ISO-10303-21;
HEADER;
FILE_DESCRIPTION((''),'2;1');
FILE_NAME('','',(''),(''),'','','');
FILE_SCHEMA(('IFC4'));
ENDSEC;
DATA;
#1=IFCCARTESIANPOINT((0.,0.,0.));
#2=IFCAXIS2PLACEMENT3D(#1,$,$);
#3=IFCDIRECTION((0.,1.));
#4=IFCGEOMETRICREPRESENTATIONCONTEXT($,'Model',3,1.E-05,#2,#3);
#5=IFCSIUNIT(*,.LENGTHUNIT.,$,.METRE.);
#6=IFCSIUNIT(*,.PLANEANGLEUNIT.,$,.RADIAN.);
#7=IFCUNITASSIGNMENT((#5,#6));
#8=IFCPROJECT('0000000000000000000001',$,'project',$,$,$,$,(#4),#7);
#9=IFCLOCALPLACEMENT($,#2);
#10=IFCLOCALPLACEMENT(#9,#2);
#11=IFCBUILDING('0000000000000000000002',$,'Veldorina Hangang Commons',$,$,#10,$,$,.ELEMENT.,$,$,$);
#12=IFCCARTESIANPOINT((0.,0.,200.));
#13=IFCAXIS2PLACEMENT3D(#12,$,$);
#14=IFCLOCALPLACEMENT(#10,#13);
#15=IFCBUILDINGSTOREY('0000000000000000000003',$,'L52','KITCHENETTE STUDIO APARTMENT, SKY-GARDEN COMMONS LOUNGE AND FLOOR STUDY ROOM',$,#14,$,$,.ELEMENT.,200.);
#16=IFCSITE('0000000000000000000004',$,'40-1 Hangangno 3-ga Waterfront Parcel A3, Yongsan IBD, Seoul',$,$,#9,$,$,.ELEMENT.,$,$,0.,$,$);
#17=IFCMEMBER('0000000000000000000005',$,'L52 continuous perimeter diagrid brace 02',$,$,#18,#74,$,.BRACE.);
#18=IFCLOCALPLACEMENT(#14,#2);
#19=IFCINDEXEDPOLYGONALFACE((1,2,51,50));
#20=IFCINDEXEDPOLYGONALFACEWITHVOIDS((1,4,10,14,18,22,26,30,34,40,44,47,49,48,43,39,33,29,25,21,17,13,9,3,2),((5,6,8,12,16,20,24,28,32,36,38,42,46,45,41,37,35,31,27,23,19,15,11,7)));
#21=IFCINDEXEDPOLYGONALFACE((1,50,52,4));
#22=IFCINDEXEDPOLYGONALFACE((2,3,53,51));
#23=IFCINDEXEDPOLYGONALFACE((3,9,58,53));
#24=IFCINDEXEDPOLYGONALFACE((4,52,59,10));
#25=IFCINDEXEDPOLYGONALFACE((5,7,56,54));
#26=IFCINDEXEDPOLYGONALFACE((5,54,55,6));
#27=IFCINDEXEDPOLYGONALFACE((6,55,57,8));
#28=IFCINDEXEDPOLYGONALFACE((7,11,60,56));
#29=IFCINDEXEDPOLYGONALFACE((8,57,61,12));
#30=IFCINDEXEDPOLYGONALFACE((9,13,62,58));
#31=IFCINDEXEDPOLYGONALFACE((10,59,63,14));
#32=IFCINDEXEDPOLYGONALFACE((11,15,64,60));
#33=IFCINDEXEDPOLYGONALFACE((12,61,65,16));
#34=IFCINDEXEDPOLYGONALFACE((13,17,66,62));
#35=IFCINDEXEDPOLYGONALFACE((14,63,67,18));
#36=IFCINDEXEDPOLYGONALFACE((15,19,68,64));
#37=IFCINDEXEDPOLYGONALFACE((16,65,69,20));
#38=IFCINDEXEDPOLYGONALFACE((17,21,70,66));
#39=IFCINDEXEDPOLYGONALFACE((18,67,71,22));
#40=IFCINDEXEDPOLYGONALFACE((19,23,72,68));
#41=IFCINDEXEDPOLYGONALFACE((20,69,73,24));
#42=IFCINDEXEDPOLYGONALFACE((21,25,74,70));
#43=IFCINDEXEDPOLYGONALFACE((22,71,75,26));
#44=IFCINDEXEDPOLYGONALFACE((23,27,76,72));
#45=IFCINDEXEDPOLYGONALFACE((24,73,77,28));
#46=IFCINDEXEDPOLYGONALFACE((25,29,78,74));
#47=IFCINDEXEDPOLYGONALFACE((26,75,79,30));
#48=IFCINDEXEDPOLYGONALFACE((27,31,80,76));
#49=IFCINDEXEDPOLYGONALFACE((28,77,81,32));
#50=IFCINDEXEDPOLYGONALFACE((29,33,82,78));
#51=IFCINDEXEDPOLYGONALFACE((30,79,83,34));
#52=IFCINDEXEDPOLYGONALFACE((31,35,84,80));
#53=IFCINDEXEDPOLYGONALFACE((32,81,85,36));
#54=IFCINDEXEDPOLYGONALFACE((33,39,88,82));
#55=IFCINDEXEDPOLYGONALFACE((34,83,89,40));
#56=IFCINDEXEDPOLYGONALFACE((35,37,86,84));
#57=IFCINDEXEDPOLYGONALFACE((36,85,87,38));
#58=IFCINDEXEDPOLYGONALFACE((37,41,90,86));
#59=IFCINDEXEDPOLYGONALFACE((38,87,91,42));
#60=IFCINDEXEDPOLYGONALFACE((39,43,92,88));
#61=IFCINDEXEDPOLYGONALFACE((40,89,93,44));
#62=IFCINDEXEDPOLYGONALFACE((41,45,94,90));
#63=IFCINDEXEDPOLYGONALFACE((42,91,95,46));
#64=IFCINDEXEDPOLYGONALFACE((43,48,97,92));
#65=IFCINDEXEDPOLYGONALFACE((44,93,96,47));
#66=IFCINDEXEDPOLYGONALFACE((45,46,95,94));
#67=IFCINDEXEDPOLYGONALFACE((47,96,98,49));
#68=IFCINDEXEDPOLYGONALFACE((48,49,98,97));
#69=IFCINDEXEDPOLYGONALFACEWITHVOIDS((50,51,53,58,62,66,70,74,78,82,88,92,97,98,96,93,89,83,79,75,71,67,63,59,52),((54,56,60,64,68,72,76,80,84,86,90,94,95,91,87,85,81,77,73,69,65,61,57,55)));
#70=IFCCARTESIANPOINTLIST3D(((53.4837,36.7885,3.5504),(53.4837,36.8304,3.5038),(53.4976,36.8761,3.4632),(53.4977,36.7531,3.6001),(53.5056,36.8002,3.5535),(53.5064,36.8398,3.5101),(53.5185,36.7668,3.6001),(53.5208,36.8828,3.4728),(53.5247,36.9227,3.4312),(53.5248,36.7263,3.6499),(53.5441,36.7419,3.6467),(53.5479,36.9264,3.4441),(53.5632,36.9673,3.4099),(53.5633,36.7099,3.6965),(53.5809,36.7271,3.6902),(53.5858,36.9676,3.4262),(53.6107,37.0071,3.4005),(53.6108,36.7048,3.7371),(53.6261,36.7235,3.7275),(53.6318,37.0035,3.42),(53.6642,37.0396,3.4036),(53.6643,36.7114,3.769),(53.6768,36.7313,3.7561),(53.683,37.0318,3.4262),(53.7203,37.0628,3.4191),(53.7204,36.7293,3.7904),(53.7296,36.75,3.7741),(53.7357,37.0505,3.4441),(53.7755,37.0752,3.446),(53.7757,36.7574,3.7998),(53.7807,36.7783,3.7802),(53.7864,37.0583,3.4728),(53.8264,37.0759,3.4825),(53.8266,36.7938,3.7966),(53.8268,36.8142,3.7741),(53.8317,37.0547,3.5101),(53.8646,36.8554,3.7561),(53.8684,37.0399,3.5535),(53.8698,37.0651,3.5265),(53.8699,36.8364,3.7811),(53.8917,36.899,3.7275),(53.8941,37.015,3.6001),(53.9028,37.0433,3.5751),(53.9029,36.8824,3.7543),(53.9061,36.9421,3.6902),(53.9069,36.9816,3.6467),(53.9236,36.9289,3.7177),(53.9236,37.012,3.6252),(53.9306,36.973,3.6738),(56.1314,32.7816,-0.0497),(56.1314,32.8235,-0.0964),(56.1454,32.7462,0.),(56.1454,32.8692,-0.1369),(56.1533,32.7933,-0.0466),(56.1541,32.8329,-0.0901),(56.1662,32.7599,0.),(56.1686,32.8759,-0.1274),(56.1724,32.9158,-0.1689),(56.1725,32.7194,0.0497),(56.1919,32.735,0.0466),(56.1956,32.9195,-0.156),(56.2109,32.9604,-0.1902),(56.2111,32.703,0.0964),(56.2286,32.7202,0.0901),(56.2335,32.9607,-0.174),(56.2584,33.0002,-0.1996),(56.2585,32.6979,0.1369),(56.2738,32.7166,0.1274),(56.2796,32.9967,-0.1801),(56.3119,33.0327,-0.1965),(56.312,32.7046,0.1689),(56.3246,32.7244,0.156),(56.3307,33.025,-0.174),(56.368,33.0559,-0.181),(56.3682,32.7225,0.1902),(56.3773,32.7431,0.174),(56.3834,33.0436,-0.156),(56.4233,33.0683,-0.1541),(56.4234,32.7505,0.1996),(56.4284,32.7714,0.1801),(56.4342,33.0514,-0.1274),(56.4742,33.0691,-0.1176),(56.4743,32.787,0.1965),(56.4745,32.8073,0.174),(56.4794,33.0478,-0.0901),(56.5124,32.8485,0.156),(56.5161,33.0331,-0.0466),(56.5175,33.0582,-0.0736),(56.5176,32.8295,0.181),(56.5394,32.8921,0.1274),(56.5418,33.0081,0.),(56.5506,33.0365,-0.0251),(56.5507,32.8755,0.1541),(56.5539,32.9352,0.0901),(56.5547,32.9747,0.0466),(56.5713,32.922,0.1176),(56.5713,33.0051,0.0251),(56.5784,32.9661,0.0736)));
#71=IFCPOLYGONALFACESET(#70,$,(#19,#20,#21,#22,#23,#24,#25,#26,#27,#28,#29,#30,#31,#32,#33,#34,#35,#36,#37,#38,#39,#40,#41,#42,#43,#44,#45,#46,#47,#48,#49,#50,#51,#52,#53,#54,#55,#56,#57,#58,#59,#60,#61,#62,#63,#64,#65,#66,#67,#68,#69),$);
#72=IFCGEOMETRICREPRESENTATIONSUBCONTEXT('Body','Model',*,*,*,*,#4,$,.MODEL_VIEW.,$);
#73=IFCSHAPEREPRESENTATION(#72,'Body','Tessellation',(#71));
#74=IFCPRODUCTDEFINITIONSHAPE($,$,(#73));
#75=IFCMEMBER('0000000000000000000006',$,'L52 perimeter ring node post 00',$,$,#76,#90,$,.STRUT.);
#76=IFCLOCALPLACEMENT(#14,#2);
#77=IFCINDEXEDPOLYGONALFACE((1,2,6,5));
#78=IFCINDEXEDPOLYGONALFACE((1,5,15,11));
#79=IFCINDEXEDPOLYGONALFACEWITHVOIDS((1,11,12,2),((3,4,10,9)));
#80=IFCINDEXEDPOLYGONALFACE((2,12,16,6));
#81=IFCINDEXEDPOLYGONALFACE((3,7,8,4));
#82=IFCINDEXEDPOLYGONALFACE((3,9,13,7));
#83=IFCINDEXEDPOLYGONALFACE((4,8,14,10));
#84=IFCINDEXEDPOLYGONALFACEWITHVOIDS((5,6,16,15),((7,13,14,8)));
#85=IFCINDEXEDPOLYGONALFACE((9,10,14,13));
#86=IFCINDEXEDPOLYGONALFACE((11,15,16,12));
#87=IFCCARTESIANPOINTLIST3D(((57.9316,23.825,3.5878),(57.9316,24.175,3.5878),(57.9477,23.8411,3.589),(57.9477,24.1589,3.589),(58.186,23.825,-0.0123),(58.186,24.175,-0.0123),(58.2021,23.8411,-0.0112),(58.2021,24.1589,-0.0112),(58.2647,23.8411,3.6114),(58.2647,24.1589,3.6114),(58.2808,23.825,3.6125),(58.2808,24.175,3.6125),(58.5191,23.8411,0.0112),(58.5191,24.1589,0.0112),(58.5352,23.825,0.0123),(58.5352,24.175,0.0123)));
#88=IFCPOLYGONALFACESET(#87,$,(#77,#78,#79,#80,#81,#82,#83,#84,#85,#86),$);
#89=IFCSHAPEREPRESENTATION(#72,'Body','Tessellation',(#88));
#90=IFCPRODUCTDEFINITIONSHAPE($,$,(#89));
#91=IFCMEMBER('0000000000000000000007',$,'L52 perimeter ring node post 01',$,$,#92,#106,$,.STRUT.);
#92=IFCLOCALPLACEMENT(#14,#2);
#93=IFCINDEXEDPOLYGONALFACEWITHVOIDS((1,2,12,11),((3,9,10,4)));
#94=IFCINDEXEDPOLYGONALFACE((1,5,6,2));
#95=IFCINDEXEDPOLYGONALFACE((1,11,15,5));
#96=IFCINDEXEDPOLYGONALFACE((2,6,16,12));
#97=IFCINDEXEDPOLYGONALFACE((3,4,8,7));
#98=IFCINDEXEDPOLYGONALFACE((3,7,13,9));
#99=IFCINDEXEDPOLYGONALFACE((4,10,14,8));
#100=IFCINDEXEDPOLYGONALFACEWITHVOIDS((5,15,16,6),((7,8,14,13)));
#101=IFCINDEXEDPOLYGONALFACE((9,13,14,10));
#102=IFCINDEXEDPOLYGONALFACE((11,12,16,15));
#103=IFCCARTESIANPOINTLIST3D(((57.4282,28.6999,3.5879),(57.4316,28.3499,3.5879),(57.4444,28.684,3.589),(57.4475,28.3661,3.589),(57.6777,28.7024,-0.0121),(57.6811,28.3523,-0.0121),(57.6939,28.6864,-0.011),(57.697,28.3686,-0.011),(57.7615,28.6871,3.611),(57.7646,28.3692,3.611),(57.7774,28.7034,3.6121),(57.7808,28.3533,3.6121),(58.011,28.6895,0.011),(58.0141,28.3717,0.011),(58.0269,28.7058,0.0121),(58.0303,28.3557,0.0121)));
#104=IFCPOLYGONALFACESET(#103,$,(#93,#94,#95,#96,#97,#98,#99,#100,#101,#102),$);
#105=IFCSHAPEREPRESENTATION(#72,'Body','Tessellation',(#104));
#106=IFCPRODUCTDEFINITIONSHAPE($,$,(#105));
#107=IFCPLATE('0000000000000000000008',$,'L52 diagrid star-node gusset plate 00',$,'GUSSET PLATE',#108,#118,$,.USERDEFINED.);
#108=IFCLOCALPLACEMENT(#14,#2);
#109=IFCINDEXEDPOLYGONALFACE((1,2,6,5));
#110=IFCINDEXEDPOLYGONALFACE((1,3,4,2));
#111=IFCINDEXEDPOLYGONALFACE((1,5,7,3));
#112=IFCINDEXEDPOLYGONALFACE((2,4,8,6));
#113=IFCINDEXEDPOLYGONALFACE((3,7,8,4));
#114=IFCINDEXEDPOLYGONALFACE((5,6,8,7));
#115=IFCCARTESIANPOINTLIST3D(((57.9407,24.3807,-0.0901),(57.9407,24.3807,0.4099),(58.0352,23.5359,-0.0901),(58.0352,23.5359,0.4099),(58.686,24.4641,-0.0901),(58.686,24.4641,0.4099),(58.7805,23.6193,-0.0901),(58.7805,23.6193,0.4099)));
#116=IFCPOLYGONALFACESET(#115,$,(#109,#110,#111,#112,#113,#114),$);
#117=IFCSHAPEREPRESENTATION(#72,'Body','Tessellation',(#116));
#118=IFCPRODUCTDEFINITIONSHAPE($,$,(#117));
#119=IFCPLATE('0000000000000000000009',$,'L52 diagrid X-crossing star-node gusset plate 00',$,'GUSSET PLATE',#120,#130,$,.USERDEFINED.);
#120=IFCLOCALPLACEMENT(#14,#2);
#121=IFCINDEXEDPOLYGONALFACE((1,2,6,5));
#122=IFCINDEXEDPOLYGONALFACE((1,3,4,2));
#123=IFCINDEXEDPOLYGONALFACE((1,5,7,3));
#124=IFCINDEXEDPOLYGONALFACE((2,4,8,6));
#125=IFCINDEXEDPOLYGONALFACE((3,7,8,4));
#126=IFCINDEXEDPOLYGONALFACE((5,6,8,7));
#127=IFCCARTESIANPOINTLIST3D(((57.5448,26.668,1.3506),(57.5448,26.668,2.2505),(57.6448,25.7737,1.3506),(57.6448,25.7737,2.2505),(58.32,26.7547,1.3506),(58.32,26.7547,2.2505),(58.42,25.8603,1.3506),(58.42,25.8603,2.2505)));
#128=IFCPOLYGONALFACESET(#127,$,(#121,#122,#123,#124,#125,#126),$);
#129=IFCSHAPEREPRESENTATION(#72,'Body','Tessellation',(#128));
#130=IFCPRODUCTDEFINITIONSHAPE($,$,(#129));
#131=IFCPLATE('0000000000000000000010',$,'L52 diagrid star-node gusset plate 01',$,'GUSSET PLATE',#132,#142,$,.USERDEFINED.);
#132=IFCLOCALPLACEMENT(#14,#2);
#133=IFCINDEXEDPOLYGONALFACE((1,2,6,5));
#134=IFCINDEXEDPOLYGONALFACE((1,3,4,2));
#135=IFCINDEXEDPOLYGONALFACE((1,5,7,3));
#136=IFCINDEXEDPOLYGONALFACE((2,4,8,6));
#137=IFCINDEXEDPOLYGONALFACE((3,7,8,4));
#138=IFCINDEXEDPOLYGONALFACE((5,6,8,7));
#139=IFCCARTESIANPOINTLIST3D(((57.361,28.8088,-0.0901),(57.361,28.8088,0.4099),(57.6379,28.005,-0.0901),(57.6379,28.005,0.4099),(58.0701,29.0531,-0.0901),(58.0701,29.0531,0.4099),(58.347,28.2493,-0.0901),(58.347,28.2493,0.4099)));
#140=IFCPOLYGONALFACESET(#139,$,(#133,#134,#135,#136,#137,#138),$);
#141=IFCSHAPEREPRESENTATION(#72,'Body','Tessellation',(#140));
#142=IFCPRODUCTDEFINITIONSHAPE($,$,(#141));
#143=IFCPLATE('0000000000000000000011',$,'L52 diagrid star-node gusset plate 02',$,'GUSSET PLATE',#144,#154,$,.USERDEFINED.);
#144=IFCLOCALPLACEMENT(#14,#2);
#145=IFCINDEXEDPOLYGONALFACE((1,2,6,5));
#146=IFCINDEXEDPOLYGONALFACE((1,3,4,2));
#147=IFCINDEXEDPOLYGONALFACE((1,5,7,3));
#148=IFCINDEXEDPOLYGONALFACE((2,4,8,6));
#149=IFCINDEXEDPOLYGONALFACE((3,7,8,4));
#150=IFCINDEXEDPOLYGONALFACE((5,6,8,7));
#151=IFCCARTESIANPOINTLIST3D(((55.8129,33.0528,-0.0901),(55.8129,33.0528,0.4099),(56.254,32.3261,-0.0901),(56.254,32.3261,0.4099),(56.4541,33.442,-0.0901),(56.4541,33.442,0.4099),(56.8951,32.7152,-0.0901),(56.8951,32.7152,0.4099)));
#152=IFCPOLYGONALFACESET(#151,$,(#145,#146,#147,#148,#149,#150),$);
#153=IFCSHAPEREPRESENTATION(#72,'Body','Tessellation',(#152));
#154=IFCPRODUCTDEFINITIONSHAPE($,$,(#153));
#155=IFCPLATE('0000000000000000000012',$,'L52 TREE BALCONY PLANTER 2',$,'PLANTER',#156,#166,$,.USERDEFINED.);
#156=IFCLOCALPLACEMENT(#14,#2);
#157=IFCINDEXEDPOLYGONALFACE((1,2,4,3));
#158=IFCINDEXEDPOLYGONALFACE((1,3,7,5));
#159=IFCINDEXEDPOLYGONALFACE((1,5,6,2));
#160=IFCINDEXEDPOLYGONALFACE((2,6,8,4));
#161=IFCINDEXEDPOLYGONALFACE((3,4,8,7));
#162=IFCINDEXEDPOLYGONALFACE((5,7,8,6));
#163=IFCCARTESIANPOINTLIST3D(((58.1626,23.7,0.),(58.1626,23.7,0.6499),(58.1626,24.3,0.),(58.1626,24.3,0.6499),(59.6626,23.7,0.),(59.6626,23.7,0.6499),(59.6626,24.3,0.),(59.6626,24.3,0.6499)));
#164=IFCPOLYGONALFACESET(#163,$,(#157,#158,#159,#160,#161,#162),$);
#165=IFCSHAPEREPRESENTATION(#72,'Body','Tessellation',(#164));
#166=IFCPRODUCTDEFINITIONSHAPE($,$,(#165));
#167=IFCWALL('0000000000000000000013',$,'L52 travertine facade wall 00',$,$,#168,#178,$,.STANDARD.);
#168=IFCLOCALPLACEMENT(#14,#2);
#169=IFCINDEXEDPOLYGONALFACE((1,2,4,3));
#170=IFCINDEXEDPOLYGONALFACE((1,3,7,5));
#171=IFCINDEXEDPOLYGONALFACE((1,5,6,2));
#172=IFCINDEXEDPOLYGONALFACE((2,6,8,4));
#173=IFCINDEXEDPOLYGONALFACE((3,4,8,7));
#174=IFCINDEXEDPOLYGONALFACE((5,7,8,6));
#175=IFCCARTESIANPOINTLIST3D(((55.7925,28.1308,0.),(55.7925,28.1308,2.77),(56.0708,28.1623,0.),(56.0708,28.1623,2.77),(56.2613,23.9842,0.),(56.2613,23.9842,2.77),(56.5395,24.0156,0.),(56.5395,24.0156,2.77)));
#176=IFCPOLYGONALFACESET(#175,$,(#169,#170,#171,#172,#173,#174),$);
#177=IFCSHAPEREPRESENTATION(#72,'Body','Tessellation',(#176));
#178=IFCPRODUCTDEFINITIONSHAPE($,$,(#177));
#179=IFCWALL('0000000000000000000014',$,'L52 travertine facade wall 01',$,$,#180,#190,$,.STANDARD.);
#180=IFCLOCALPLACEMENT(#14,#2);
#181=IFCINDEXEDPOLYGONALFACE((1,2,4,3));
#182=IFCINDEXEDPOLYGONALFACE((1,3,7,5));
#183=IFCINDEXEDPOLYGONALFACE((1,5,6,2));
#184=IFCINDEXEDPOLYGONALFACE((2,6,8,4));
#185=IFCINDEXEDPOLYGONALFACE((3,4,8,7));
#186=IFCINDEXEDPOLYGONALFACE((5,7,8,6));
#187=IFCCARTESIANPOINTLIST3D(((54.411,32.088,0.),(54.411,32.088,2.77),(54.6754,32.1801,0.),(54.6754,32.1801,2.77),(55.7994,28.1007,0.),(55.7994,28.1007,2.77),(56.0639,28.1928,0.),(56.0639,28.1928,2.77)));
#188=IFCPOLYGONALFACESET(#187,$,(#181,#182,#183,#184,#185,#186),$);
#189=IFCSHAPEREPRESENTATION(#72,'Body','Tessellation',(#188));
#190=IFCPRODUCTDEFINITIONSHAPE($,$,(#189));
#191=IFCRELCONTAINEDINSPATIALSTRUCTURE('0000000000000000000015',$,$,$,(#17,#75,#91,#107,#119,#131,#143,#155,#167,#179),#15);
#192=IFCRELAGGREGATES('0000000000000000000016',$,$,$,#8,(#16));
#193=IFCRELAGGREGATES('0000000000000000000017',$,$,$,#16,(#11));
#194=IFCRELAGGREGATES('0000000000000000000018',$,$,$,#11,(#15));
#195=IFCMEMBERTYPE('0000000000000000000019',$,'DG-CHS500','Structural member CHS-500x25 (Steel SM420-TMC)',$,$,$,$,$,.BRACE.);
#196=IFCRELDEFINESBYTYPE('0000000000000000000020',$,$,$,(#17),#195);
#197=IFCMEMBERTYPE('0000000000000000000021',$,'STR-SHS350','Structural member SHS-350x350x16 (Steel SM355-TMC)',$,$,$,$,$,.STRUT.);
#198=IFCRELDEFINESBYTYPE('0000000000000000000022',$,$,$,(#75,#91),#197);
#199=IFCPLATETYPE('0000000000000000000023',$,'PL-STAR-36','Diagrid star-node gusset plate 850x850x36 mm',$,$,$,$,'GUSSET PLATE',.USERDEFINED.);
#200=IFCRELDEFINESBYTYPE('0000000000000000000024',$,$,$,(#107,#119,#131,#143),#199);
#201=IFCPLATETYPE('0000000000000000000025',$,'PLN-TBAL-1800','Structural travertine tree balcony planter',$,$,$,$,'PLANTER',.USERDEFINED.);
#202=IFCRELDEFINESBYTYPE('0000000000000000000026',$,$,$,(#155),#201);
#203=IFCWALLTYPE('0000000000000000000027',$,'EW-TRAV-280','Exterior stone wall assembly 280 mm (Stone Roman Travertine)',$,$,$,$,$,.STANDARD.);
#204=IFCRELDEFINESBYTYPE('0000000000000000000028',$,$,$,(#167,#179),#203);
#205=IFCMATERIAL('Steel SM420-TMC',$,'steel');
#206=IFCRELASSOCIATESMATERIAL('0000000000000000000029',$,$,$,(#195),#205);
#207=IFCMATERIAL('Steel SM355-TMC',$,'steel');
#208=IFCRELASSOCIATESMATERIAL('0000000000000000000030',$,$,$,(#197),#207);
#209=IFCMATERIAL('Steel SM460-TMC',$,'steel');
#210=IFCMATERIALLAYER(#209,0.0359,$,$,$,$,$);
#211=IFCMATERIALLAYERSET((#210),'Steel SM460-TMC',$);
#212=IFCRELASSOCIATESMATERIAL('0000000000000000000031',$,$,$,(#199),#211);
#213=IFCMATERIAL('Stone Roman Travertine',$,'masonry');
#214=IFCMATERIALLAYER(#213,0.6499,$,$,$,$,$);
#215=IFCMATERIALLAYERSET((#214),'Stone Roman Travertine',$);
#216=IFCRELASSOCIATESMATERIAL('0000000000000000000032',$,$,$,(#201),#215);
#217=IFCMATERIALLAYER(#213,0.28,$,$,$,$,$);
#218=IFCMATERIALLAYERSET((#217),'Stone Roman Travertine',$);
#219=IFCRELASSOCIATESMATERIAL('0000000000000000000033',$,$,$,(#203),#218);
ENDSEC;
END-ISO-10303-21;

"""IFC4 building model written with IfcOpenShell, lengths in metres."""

from ifc_helpers import new_model, si_unit, direction, frame, frame_2d, origin, origin_2d, place, context, subcontext, project, spatial, rectangle, hollow_rectangle, hollow_circle, extrude, material, layer, layer_set, material_profile, profile_set, type_object, element, save


model = new_model("IFC4")

# Units and contexts
model_context = context("Model", 3, precision=1e-05, world=origin(), true_north=direction((0.0, 1.0)))
body_context = subcontext(model_context, "Body", "Model", "MODEL_VIEW")
ifc_project = project(units=[si_unit("LENGTHUNIT", "METRE"), si_unit("PLANEANGLEUNIT", "RADIAN")], contexts=[model_context])

# Site, building, storey
site_placement = place(None, origin())
site = spatial("IfcSite", under=ifc_project, at=site_placement, Name="40-1 Hangangno 3-ga Waterfront Parcel A3, Yongsan IBD, Seoul", CompositionType="ELEMENT", RefElevation=0.0)
building_placement = place(site_placement, origin())
building = spatial("IfcBuilding", under=site, at=building_placement, Name="Veldorina Hangang Commons", CompositionType="ELEMENT")
storey_placement = place(building_placement, frame((0.0, 0.0, 200.0)))
storey = spatial("IfcBuildingStorey", under=building, at=storey_placement, Name="L52", Description="KITCHENETTE STUDIO APARTMENT, SKY-GARDEN COMMONS LOUNGE AND FLOOR STUDY ROOM", CompositionType="ELEMENT", Elevation=200.0)

# Shared definitions
ifc_material_1 = material(Name="Steel SM355-TMC", Category="steel")
ifc_material_2 = material(Name="Steel SM420-TMC", Category="steel")

# Members
ifc_material_profile_1 = material_profile(ifc_material_2, hollow_circle(Radius=0.25, WallThickness=0.0249, at=origin_2d()), Name="CHS-500x25")
ifc_profile_set_1 = profile_set([ifc_material_profile_1], Name="Steel SM420-TMC")
member_type_1 = type_object("IfcMemberType", Name="DG-CHS500", Description="Structural member CHS-500x25 (Steel SM420-TMC)", PredefinedType="BRACE", material=ifc_profile_set_1)
member_1_placement = place(storey_placement, frame((56.354, 32.884, 0.0), z_axis=(-0.441126, 0.667567, 0.599802), x_axis=(-0.834304, -0.551305, 0.0)))
element("IfcMember", 1, at=member_1_placement, inside=storey, type_object=member_type_1, Name="L52 continuous perimeter diagrid brace 02", PredefinedType="BRACE", context=body_context, shape_type="SweptSolid", body=[
    extrude(hollow_circle(Radius=0.25, WallThickness=0.0249, at=origin_2d()), origin(), (0.0, 0.0, 1.0), 6.0022),
])
ifc_material_profile_2 = material_profile(ifc_material_1, hollow_rectangle(XDim=0.3501, YDim=0.3501, WallThickness=0.0161, at=origin_2d()), Name="SHS-350x350x16")
ifc_profile_set_2 = profile_set([ifc_material_profile_2], Name="Steel SM355-TMC")
member_type_2 = type_object("IfcMemberType", Name="STR-SHS350", Description="Structural member SHS-350x350x16 (Steel SM355-TMC)", PredefinedType="STRUT", material=ifc_profile_set_2)
member_2_placement = place(storey_placement, frame((58.3606, 24.0, 0.0), z_axis=(-0.070487, 0.0, 0.997513), x_axis=(0.0, -1.0, 0.0)))
element("IfcMember", 2, at=member_2_placement, inside=storey, type_object=member_type_2, Name="L52 perimeter ring node post 00", PredefinedType="STRUT", context=body_context, shape_type="SweptSolid", body=[
    extrude(hollow_rectangle(XDim=0.3501, YDim=0.3501, WallThickness=0.0161, at=origin_2d()), origin(), (0.0, 0.0, 1.0), 3.6091),
])
member_3_placement = place(storey_placement, frame((57.854, 28.5291, 0.0), z_axis=(-0.069141, -0.000677, 0.997607), x_axis=(0.009784, -0.999952, 0.0)))
element("IfcMember", 3, at=member_3_placement, inside=storey, type_object=member_type_2, Name="L52 perimeter ring node post 01", PredefinedType="STRUT", context=body_context, shape_type="SweptSolid", body=[
    extrude(hollow_rectangle(XDim=0.3501, YDim=0.3501, WallThickness=0.0161, at=origin_2d()), origin(), (0.0, 0.0, 1.0), 3.6086),
])

# Plates
ifc_material_3 = material(Name="Steel SM460-TMC", Category="steel")
ifc_layer_1 = layer(ifc_material_3, 0.0359)
ifc_layer_set_1 = layer_set([ifc_layer_1], Name="Steel SM460-TMC")
plate_type_1 = type_object("IfcPlateType", Name="PL-STAR-36", Description="Diagrid star-node gusset plate 850x850x36 mm", ElementType="GUSSET PLATE", PredefinedType="USERDEFINED", material=ifc_layer_set_1)
plate_1_placement = place(storey_placement, frame((58.3606, 24.0, -0.0901), z_axis=(0.0, 0.0, 1.0), x_axis=(-0.111139, 0.993805, 0.0)))
element("IfcPlate", 4, at=plate_1_placement, inside=storey, type_object=plate_type_1, Name="L52 diagrid star-node gusset plate 00", ObjectType="GUSSET PLATE", PredefinedType="USERDEFINED", context=body_context, shape_type="SweptSolid", body=[
    extrude(rectangle(XDim=0.8501, YDim=0.75, at=origin_2d()), origin(), (0.0, 0.0, 1.0), 0.5),
])
plate_2_placement = place(storey_placement, frame((57.9824, 26.2642, 1.3506), z_axis=(0.0, 0.0, 1.0), x_axis=(-0.111139, 0.993805, 0.0)))
element("IfcPlate", 5, at=plate_2_placement, inside=storey, type_object=plate_type_1, Name="L52 diagrid X-crossing star-node gusset plate 00", ObjectType="GUSSET PLATE", PredefinedType="USERDEFINED", context=body_context, shape_type="SweptSolid", body=[
    extrude(rectangle(XDim=0.8999, YDim=0.78, at=origin_2d()), origin(), (0.0, 0.0, 1.0), 0.8999),
])
for number, where, z_axis, x_axis, name in (
    (6, (57.854, 28.5291, -0.0901), (0.0, 0.0, 1.0), (-0.325684, 0.945479, 0.0), "L52 diagrid star-node gusset plate 01"),
    (7, (56.354, 32.884, -0.0901), (0.0, 0.0, 1.0), (-0.518833, 0.854876, 0.0), "L52 diagrid star-node gusset plate 02"),
):
    element("IfcPlate", number, at=place(storey_placement, frame(where, z_axis=z_axis, x_axis=x_axis)), inside=storey, type_object=plate_type_1, Name=name, ObjectType="GUSSET PLATE", PredefinedType="USERDEFINED", context=body_context, shape_type="SweptSolid", body=[
        extrude(rectangle(XDim=0.8501, YDim=0.75, at=origin_2d()), origin(), (0.0, 0.0, 1.0), 0.5),
    ])
ifc_material_4 = material(Name="Stone Roman Travertine", Category="masonry")
ifc_layer_2 = layer(ifc_material_4, 0.6499)
ifc_layer_set_2 = layer_set([ifc_layer_2], Name="Stone Roman Travertine")
plate_type_2 = type_object("IfcPlateType", Name="PLN-TBAL-1800", Description="Structural travertine tree balcony planter", ElementType="PLANTER", PredefinedType="USERDEFINED", material=ifc_layer_set_2)
plate_3_placement = place(storey_placement, frame((58.9126, 24.0, 0.0), z_axis=(0.0, 0.0, 1.0), x_axis=(1.0, 0.0, 0.0)))
element("IfcPlate", 8, at=plate_3_placement, inside=storey, type_object=plate_type_2, Name="L52 TREE BALCONY PLANTER 2", ObjectType="PLANTER", PredefinedType="USERDEFINED", context=body_context, shape_type="SweptSolid", body=[
    extrude(rectangle(XDim=1.5, YDim=0.6001, at=origin_2d()), origin(), (0.0, 0.0, 1.0), 0.6499),
])

# Walls
ifc_layer_3 = layer(ifc_material_4, 0.28)
ifc_layer_set_3 = layer_set([ifc_layer_3], Name="Stone Roman Travertine")
wall_type_1 = type_object("IfcWallType", Name="EW-TRAV-280", Description="Exterior stone wall assembly 280 mm (Stone Roman Travertine)", PredefinedType="STANDARD", material=ifc_layer_set_3)
wall_1_placement = place(storey_placement, frame((56.4004, 24.0, 0.0), z_axis=(0.0, 0.0, 1.0), x_axis=(-0.112326, 0.993671, 0.0)))
element("IfcWall", 9, at=wall_1_placement, inside=storey, type_object=wall_type_1, Name="L52 travertine facade wall 00", PredefinedType="STANDARD", context=body_context, shape_type="SweptSolid", body=[
    extrude(rectangle(XDim=4.1731, YDim=0.28, at=frame_2d((2.0864, 0.0))), origin(), (0.0, 0.0, 1.0), 2.77),
])
wall_2_placement = place(storey_placement, frame((55.9316, 28.1467, 0.0), z_axis=(0.0, 0.0, 1.0), x_axis=(-0.328846, 0.944384, 0.0)))
element("IfcWall", 10, at=wall_2_placement, inside=storey, type_object=wall_type_1, Name="L52 travertine facade wall 01", PredefinedType="STANDARD", context=body_context, shape_type="SweptSolid", body=[
    extrude(rectangle(XDim=4.2222, YDim=0.28, at=frame_2d((2.1111, 0.0))), origin(), (0.0, 0.0, 1.0), 2.77),
])

save(model, "model.ifc")
